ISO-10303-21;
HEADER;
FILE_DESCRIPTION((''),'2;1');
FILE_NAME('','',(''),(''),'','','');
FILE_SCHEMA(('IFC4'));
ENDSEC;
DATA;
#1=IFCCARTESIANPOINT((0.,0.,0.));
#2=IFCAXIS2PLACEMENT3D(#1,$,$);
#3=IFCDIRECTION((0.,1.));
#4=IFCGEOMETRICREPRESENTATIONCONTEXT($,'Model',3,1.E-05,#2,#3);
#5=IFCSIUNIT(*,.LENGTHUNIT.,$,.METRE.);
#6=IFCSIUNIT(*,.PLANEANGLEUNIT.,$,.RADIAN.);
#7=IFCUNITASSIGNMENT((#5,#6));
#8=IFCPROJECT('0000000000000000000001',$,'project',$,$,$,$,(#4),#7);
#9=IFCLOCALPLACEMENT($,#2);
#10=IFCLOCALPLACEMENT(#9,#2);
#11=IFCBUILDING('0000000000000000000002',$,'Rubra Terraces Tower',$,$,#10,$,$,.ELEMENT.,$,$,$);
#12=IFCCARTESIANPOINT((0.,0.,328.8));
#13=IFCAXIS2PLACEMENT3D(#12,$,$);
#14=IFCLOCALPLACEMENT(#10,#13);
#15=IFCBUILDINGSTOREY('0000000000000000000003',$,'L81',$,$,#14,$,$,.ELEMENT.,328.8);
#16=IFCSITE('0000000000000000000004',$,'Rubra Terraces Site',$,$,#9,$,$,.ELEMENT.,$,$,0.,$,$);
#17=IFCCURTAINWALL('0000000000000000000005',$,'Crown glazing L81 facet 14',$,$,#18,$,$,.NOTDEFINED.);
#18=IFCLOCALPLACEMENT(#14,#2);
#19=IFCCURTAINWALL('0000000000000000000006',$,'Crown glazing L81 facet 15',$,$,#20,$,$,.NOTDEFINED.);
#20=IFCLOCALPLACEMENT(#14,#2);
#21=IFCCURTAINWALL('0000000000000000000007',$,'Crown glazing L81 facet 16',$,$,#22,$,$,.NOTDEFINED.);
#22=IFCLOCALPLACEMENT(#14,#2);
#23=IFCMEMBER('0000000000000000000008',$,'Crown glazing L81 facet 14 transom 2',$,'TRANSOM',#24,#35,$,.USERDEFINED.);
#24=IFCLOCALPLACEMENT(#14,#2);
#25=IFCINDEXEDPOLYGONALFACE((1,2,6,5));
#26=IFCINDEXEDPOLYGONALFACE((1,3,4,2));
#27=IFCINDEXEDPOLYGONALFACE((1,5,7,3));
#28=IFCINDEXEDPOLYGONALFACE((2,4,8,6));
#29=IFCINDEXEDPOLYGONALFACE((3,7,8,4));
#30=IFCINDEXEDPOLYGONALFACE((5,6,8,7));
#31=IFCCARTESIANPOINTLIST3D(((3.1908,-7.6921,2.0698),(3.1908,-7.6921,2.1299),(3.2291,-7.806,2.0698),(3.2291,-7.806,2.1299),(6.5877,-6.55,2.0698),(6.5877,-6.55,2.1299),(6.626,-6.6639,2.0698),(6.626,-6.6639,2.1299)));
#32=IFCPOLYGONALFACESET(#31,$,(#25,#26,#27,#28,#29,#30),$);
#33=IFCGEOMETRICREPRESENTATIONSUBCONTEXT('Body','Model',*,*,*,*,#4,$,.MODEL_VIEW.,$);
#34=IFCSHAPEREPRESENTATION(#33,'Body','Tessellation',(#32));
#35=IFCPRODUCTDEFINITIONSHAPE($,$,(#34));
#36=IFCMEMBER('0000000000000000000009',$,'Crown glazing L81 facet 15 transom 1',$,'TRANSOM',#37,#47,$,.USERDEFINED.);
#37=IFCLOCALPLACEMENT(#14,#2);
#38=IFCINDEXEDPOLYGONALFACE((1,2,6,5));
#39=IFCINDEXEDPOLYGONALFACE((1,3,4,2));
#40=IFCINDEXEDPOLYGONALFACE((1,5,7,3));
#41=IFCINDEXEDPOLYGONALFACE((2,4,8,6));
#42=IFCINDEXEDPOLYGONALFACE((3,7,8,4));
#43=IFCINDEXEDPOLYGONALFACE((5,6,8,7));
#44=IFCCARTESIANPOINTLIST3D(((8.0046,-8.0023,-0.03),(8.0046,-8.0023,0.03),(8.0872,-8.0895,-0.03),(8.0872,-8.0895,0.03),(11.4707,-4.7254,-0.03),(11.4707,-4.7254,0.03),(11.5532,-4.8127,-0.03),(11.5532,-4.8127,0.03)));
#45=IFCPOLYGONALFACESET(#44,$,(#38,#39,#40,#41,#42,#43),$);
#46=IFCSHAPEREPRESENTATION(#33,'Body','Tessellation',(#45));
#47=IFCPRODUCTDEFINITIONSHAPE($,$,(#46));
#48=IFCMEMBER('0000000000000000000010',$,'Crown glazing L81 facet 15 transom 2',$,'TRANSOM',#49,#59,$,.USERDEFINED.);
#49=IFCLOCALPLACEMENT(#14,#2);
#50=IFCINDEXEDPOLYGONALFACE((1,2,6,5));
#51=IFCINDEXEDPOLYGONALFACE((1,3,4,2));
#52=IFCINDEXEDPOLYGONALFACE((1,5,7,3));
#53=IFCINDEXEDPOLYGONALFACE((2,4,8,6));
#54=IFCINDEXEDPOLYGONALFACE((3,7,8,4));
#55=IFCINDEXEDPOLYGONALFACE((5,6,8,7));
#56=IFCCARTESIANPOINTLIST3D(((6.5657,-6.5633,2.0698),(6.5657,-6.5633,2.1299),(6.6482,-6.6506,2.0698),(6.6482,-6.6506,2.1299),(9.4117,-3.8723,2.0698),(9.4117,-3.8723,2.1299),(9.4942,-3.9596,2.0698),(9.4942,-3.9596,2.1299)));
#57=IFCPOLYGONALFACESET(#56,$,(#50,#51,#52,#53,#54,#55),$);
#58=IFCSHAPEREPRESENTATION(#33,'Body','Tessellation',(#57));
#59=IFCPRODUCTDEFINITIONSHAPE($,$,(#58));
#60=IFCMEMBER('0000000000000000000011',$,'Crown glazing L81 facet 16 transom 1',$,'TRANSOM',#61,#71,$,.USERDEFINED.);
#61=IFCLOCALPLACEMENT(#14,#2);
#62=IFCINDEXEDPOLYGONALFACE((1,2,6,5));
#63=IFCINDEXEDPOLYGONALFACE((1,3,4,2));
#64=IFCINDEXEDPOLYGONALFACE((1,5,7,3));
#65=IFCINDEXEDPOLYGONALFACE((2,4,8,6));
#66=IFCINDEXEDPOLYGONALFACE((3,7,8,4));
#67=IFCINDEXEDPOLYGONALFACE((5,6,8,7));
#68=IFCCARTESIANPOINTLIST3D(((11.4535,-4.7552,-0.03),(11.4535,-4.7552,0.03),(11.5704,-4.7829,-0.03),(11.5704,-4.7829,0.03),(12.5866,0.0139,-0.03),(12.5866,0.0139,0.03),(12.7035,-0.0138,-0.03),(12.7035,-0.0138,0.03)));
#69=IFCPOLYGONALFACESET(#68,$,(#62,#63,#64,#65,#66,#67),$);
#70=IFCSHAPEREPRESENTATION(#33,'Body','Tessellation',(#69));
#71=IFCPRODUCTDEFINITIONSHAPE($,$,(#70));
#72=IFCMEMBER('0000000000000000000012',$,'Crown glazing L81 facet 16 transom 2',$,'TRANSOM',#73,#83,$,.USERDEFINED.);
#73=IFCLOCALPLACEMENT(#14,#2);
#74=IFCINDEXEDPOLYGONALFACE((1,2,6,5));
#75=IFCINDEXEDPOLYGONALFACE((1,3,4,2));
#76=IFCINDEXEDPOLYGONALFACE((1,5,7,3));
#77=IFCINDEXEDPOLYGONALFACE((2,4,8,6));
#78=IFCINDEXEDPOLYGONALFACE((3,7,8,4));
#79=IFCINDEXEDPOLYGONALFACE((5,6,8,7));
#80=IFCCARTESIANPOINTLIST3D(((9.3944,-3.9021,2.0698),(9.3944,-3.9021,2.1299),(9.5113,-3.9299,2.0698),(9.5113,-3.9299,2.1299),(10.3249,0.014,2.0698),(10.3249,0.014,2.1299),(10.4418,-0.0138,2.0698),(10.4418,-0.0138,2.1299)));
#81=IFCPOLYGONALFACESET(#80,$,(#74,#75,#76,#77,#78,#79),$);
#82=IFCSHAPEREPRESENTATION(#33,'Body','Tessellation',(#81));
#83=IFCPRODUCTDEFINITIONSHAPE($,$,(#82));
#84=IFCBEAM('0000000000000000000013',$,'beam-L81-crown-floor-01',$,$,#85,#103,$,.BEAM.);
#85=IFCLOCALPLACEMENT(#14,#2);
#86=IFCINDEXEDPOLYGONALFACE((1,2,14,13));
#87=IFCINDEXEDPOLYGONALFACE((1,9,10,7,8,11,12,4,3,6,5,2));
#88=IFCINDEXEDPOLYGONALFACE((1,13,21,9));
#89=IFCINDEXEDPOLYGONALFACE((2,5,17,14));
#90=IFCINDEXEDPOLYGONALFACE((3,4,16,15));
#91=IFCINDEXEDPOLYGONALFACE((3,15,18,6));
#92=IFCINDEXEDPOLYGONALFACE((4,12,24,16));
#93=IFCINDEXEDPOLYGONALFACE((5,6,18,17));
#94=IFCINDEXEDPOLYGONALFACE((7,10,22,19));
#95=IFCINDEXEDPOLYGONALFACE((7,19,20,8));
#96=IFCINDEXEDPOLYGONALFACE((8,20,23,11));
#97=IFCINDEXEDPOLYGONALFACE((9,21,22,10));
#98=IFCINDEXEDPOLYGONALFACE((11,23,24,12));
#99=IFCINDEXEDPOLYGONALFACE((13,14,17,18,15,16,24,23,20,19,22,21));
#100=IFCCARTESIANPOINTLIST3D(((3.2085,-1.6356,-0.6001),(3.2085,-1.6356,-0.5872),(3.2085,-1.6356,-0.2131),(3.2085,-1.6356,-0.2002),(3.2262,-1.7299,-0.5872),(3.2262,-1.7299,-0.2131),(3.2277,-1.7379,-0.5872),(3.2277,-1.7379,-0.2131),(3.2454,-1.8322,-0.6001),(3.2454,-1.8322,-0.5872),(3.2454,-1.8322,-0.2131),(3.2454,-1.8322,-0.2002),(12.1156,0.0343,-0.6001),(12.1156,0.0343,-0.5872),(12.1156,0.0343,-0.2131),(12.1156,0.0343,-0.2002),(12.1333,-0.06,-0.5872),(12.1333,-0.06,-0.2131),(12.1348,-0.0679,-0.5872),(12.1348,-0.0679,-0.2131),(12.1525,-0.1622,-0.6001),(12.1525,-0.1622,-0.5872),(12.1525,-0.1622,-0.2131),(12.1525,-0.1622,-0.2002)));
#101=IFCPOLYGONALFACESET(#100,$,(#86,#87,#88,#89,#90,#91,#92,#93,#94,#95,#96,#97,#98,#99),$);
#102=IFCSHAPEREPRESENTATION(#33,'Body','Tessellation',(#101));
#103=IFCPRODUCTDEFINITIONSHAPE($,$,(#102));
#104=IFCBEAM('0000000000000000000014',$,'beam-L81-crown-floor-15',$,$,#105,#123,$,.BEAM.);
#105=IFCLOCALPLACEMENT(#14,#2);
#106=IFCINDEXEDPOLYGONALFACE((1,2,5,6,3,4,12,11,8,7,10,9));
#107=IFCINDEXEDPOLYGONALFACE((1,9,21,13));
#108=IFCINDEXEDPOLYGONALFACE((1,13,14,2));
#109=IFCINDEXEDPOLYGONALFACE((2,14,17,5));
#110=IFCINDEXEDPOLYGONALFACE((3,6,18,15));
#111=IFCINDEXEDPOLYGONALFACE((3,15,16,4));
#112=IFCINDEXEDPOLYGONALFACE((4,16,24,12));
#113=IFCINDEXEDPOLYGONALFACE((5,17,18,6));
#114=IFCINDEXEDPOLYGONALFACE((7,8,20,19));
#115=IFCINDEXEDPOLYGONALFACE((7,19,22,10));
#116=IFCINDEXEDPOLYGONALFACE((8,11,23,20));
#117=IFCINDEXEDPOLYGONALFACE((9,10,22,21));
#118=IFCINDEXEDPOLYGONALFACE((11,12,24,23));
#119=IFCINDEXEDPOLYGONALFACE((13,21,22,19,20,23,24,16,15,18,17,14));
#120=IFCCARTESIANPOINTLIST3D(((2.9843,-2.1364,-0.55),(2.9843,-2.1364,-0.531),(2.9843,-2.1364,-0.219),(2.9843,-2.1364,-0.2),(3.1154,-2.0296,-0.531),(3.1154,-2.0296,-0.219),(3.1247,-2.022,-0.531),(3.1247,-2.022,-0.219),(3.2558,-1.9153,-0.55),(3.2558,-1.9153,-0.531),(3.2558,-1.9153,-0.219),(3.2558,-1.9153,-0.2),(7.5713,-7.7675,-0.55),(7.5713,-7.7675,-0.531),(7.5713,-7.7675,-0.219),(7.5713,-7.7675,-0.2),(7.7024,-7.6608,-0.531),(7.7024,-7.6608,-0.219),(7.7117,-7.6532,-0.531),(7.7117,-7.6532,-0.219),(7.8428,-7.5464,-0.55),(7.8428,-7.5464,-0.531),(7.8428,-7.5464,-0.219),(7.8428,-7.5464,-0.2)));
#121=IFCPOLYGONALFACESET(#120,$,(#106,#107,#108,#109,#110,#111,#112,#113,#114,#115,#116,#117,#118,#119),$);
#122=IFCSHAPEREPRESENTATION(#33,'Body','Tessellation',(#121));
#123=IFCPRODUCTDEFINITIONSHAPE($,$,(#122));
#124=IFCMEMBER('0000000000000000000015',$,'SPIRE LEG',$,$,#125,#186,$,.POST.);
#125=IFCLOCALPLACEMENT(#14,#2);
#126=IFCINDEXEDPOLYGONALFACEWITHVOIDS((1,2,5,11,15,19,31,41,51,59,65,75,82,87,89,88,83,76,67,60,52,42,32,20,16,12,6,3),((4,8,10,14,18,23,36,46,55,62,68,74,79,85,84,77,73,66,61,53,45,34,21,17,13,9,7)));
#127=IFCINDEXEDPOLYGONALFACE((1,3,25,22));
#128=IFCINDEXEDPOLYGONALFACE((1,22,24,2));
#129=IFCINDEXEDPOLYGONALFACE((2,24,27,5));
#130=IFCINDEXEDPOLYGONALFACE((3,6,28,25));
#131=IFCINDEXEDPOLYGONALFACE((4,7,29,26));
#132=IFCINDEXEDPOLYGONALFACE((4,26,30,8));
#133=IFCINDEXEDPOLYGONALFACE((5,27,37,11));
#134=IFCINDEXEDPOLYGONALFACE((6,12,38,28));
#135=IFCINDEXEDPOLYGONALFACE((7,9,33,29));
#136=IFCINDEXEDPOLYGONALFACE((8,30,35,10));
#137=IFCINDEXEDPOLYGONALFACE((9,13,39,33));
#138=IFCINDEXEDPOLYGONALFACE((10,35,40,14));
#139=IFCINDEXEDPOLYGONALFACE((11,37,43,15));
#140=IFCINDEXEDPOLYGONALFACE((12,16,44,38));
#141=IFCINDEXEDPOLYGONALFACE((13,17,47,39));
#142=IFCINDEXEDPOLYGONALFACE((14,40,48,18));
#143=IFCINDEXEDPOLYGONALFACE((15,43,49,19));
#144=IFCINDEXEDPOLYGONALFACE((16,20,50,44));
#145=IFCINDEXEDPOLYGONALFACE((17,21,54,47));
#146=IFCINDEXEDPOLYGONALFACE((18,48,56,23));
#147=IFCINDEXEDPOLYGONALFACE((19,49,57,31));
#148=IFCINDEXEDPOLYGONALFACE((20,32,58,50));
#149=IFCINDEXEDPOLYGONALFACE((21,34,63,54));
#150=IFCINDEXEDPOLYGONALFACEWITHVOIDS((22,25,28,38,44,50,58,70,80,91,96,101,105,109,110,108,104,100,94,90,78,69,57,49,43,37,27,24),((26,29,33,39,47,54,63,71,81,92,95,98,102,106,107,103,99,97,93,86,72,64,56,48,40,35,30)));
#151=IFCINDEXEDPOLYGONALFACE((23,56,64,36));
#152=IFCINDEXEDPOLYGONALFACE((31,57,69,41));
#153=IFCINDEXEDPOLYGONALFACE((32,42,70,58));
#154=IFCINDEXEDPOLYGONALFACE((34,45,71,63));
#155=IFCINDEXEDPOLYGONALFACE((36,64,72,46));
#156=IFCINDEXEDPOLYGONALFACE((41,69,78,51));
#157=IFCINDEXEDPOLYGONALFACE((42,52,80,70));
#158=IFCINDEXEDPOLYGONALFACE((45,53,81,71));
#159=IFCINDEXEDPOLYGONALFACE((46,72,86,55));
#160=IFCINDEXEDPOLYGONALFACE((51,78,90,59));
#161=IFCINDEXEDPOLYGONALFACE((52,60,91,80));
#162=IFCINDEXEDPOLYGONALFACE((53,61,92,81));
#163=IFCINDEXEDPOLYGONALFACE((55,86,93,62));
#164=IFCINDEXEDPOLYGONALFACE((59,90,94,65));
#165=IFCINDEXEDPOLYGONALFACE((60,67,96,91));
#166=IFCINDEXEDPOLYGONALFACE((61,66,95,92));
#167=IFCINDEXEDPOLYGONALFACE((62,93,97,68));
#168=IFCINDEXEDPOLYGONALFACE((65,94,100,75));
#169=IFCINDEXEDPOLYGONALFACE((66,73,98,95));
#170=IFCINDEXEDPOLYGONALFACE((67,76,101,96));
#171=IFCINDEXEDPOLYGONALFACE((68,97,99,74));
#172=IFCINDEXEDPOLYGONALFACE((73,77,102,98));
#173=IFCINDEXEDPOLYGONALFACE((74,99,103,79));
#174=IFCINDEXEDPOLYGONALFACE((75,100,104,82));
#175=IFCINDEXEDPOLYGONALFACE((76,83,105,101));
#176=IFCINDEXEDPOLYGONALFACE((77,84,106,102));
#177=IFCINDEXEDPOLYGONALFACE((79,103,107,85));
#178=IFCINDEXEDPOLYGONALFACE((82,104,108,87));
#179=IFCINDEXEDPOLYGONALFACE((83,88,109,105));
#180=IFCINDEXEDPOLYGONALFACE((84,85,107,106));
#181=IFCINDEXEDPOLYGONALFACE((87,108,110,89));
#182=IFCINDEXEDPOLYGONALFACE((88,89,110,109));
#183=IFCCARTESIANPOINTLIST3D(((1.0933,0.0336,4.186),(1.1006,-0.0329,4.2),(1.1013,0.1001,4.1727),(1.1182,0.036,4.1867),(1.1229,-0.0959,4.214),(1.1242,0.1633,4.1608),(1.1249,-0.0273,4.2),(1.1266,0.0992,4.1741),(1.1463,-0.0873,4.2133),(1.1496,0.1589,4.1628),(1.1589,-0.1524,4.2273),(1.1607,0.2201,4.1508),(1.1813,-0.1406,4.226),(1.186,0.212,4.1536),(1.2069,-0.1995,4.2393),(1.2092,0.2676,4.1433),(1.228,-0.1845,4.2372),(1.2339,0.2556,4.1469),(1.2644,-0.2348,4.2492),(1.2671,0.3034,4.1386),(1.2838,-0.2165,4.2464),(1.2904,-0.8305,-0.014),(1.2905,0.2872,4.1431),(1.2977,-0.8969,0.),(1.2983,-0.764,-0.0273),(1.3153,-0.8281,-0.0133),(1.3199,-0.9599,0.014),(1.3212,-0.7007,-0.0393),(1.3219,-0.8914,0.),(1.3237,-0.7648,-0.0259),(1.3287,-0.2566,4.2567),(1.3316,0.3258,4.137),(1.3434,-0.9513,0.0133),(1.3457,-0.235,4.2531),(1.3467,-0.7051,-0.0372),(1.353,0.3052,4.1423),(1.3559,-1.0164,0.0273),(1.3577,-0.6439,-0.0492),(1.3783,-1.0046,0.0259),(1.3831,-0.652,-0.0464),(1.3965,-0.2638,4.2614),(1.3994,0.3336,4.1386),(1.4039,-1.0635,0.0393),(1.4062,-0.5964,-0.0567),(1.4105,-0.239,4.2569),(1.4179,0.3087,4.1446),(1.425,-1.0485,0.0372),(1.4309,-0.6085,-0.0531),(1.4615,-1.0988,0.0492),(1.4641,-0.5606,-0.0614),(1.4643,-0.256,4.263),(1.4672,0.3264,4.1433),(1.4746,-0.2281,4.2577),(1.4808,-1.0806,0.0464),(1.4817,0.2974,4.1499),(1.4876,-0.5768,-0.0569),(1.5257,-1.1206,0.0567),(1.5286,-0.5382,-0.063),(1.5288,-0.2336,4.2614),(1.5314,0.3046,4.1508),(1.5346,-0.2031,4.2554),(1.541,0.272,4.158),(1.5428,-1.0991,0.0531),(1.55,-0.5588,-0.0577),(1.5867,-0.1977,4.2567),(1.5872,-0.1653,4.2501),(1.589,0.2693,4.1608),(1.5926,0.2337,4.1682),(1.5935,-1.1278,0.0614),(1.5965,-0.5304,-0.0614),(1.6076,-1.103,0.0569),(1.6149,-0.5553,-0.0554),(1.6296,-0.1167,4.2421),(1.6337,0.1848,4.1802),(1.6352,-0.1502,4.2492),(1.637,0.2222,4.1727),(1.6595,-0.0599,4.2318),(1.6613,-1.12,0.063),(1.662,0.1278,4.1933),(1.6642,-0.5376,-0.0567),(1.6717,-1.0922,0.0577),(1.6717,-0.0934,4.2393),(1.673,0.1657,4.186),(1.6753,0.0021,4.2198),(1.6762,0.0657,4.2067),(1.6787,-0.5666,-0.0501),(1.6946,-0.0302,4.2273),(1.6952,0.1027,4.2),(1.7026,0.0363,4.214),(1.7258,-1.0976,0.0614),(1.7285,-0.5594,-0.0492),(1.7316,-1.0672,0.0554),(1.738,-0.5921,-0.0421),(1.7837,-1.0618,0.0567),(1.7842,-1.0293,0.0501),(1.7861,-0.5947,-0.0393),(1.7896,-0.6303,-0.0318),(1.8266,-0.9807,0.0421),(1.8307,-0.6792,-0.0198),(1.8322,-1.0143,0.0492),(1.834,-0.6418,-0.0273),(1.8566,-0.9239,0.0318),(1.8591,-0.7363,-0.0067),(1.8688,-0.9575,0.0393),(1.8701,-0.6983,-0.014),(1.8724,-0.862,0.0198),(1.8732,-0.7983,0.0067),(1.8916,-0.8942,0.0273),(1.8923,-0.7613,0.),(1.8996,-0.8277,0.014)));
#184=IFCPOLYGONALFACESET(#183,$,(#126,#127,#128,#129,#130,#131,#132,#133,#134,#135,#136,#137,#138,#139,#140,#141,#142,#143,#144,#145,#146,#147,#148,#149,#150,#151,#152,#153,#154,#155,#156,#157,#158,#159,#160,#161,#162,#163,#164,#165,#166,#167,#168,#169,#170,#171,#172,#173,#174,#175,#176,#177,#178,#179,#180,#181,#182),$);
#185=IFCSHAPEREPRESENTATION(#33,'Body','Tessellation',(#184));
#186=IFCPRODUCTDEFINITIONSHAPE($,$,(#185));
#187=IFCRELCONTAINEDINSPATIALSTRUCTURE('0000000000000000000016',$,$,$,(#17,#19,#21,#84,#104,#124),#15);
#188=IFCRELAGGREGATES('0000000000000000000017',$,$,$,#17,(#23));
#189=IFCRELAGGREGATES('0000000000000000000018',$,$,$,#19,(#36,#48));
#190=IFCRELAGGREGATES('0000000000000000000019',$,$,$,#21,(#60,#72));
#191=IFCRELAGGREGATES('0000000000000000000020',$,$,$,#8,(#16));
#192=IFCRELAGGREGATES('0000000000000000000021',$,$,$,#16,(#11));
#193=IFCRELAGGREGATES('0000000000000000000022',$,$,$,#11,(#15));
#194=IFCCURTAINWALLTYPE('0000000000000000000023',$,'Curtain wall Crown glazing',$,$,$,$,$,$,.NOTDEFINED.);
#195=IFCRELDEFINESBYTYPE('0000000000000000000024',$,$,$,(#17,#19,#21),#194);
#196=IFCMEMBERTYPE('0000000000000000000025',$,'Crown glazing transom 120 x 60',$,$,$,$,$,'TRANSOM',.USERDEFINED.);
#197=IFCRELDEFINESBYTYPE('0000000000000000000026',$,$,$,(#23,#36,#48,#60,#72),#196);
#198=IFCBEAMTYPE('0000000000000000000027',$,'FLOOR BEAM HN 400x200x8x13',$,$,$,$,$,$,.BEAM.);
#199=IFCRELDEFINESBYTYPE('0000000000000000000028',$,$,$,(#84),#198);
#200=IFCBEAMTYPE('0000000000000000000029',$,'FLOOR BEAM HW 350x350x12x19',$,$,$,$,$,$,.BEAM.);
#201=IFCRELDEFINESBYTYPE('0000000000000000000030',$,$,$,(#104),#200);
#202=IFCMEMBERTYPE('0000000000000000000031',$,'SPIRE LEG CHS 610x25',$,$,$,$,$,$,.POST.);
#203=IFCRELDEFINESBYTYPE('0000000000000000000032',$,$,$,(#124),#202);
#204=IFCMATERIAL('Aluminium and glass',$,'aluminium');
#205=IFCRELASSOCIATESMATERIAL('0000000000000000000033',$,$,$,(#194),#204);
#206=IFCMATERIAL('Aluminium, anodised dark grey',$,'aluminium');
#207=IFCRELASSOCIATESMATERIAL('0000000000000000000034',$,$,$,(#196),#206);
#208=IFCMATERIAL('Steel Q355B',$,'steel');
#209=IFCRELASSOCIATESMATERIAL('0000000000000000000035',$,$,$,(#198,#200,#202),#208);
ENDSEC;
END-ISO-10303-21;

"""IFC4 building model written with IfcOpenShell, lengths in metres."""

from ifc_helpers import new_model, si_unit, direction, frame, origin, origin_2d, place, context, subcontext, project, spatial, rectangle, hollow_circle, i_section, extrude, material, material_profile, profile_set, type_object, element, aggregate, save


model = new_model("IFC4")

# Units and contexts
model_context = context("Model", 3, precision=1e-05, world=origin(), true_north=direction((0.0, 1.0)))
body_context = subcontext(model_context, "Body", "Model", "MODEL_VIEW")
ifc_project = project(units=[si_unit("LENGTHUNIT", "METRE"), si_unit("PLANEANGLEUNIT", "RADIAN")], contexts=[model_context])

# Site, building, storey
site_placement = place(None, origin())
site = spatial("IfcSite", under=ifc_project, at=site_placement, Name="Rubra Terraces Site", CompositionType="ELEMENT", RefElevation=0.0)
building_placement = place(site_placement, origin())
building = spatial("IfcBuilding", under=site, at=building_placement, Name="Rubra Terraces Tower", CompositionType="ELEMENT")
storey_placement = place(building_placement, frame((0.0, 0.0, 328.8)))
storey = spatial("IfcBuildingStorey", under=building, at=storey_placement, Name="L81", CompositionType="ELEMENT", Elevation=328.8)

# Shared definitions
ifc_material_1 = material(Name="Steel Q355B", Category="steel")

# Curtain walls
ifc_material_2 = material(Name="Aluminium and glass", Category="aluminium")
curtain_wall_type = type_object("IfcCurtainWallType", Name="Curtain wall Crown glazing", PredefinedType="NOTDEFINED", material=ifc_material_2)
curtain_wall_1_placement = place(storey_placement, origin())
curtain_wall_1 = element("IfcCurtainWall", 1, at=curtain_wall_1_placement, inside=storey, type_object=curtain_wall_type, Name="Crown glazing L81 facet 14", PredefinedType="NOTDEFINED")
ifc_material_3 = material(Name="Aluminium, anodised dark grey", Category="aluminium")
curtain_wall_2_placement = place(storey_placement, origin())
curtain_wall_2 = element("IfcCurtainWall", 2, at=curtain_wall_2_placement, inside=storey, type_object=curtain_wall_type, Name="Crown glazing L81 facet 15", PredefinedType="NOTDEFINED")
curtain_wall_3_placement = place(storey_placement, origin())
curtain_wall_3 = element("IfcCurtainWall", 3, at=curtain_wall_3_placement, inside=storey, type_object=curtain_wall_type, Name="Crown glazing L81 facet 16", PredefinedType="NOTDEFINED")

# Shared definitions
ifc_material_profile_1 = material_profile(ifc_material_3, rectangle(XDim=0.1201, YDim=0.0601, at=origin_2d()), Name="AL 120x60")
ifc_profile_set_1 = profile_set([ifc_material_profile_1], Name="Aluminium, anodised dark grey")
member_type_1 = type_object("IfcMemberType", Name="Crown glazing transom 120 x 60", ElementType="TRANSOM", PredefinedType="USERDEFINED", material=ifc_profile_set_1)

# Members
member_1_placement = place(storey_placement, frame((3.21, -7.749, 2.0999), z_axis=(0.947863, 0.318679, 0.0), x_axis=(-0.318679, 0.947863, 0.0)))
member_1 = element("IfcMember", 4, at=member_1_placement, type_object=member_type_1, Name="Crown glazing L81 facet 14 transom 2", ObjectType="TRANSOM", PredefinedType="USERDEFINED", context=body_context, shape_type="SweptSolid", body=[
    extrude(rectangle(XDim=0.1201, YDim=0.0601, at=origin_2d()), origin(), (0.0, 0.0, 1.0), 3.5837),
])
member_2_placement = place(storey_placement, frame((8.0459, -8.0459, 0.0), z_axis=(0.726662, 0.686995, 0.0), x_axis=(-0.686995, 0.726662, 0.0)))
member_2 = element("IfcMember", 5, at=member_2_placement, type_object=member_type_1, Name="Crown glazing L81 facet 15 transom 1", ObjectType="TRANSOM", PredefinedType="USERDEFINED", context=body_context, shape_type="SweptSolid", body=[
    extrude(rectangle(XDim=0.1201, YDim=0.0601, at=origin_2d()), origin(), (0.0, 0.0, 1.0), 4.7698),
])
member_3_placement = place(storey_placement, frame((6.6069, -6.6069, 2.0999), z_axis=(0.726621, 0.687039, 0.0), x_axis=(-0.687039, 0.726621, 0.0)))
member_3 = element("IfcMember", 6, at=member_3_placement, type_object=member_type_1, Name="Crown glazing L81 facet 15 transom 2", ObjectType="TRANSOM", PredefinedType="USERDEFINED", context=body_context, shape_type="SweptSolid", body=[
    extrude(rectangle(XDim=0.1201, YDim=0.0601, at=origin_2d()), origin(), (0.0, 0.0, 1.0), 3.9167),
])
member_4_placement = place(storey_placement, frame((11.512, -4.769, 0.0), z_axis=(0.231151, 0.972918, 0.0), x_axis=(-0.972918, 0.231151, 0.0)))
member_4 = element("IfcMember", 7, at=member_4_placement, type_object=member_type_1, Name="Crown glazing L81 facet 16 transom 1", ObjectType="TRANSOM", PredefinedType="USERDEFINED", context=body_context, shape_type="SweptSolid", body=[
    extrude(rectangle(XDim=0.1201, YDim=0.0601, at=origin_2d()), origin(), (0.0, 0.0, 1.0), 4.9019),
])
member_5_placement = place(storey_placement, frame((9.4529, -3.916, 2.0999), z_axis=(0.231159, 0.972916, 0.0), x_axis=(-0.972916, 0.231159, 0.0)))
member_5 = element("IfcMember", 8, at=member_5_placement, type_object=member_type_1, Name="Crown glazing L81 facet 16 transom 2", ObjectType="TRANSOM", PredefinedType="USERDEFINED", context=body_context, shape_type="SweptSolid", body=[
    extrude(rectangle(XDim=0.1201, YDim=0.0601, at=origin_2d()), origin(), (0.0, 0.0, 1.0), 4.0251),
])

# Beams
ifc_material_profile_2 = material_profile(ifc_material_1, i_section(OverallWidth=0.2, OverallDepth=0.3999, WebThickness=0.0081, FlangeThickness=0.0129, at=origin_2d()), Name="HN 400x200x8x13")
ifc_profile_set_2 = profile_set([ifc_material_profile_2], Name="Steel Q355B")
beam_type_1 = type_object("IfcBeamType", Name="FLOOR BEAM HN 400x200x8x13", PredefinedType="BEAM", material=ifc_profile_set_2)
beam_1_placement = place(storey_placement, frame((12.134, -0.064, -0.4001), z_axis=(-0.982875, -0.184274, 0.0), x_axis=(0.184274, -0.982875, 0.0)))
element("IfcBeam", 9, at=beam_1_placement, inside=storey, type_object=beam_type_1, Name="beam-L81-crown-floor-01", PredefinedType="BEAM", context=body_context, shape_type="SweptSolid", body=[
    extrude(i_section(OverallWidth=0.2, OverallDepth=0.3999, WebThickness=0.0081, FlangeThickness=0.0129, at=origin_2d()), origin(), (0.0, 0.0, 1.0), 9.0623),
])
ifc_material_profile_3 = material_profile(ifc_material_1, i_section(OverallWidth=0.3501, OverallDepth=0.3501, WebThickness=0.012, FlangeThickness=0.019, at=origin_2d()), Name="HW 350x350x12x19")
ifc_profile_set_3 = profile_set([ifc_material_profile_3], Name="Steel Q355B")
beam_type_2 = type_object("IfcBeamType", Name="FLOOR BEAM HW 350x350x12x19", PredefinedType="BEAM", material=ifc_profile_set_3)
beam_2_placement = place(storey_placement, frame((7.707, -7.657, -0.375), z_axis=(-0.631558, 0.775329, 0.0), x_axis=(-0.775329, -0.631558, 0.0)))
element("IfcBeam", 10, at=beam_2_placement, inside=storey, type_object=beam_type_2, Name="beam-L81-crown-floor-15", PredefinedType="BEAM", context=body_context, shape_type="SweptSolid", body=[
    extrude(i_section(OverallWidth=0.3501, OverallDepth=0.3501, WebThickness=0.012, FlangeThickness=0.019, at=origin_2d()), origin(), (0.0, 0.0, 1.0), 7.2629),
])

# Member
ifc_material_profile_4 = material_profile(ifc_material_1, hollow_circle(Radius=0.3049, WallThickness=0.0249, at=origin_2d()), Name="CHS 610x25")
ifc_profile_set_4 = profile_set([ifc_material_profile_4], Name="Steel Q355B")
member_type_2 = type_object("IfcMemberType", Name="SPIRE LEG CHS 610x25", PredefinedType="POST", material=ifc_profile_set_4)
member_6_placement = place(storey_placement, frame((1.595, -0.8291, 0.0), z_axis=(-0.0459, 0.201288, 0.978456), x_axis=(-0.974973, -0.222324, 0.0)))
element("IfcMember", 11, at=member_6_placement, inside=storey, type_object=member_type_2, Name="SPIRE LEG", PredefinedType="POST", context=body_context, shape_type="SweptSolid", body=[
    extrude(hollow_circle(Radius=0.3049, WallThickness=0.0249, at=origin_2d()), origin(), (0.0, 0.0, 1.0), 4.2925),
])

aggregate(curtain_wall_1, [member_1])
aggregate(curtain_wall_2, [member_2, member_3])
aggregate(curtain_wall_3, [member_4, member_5])

save(model, "model.ifc")
